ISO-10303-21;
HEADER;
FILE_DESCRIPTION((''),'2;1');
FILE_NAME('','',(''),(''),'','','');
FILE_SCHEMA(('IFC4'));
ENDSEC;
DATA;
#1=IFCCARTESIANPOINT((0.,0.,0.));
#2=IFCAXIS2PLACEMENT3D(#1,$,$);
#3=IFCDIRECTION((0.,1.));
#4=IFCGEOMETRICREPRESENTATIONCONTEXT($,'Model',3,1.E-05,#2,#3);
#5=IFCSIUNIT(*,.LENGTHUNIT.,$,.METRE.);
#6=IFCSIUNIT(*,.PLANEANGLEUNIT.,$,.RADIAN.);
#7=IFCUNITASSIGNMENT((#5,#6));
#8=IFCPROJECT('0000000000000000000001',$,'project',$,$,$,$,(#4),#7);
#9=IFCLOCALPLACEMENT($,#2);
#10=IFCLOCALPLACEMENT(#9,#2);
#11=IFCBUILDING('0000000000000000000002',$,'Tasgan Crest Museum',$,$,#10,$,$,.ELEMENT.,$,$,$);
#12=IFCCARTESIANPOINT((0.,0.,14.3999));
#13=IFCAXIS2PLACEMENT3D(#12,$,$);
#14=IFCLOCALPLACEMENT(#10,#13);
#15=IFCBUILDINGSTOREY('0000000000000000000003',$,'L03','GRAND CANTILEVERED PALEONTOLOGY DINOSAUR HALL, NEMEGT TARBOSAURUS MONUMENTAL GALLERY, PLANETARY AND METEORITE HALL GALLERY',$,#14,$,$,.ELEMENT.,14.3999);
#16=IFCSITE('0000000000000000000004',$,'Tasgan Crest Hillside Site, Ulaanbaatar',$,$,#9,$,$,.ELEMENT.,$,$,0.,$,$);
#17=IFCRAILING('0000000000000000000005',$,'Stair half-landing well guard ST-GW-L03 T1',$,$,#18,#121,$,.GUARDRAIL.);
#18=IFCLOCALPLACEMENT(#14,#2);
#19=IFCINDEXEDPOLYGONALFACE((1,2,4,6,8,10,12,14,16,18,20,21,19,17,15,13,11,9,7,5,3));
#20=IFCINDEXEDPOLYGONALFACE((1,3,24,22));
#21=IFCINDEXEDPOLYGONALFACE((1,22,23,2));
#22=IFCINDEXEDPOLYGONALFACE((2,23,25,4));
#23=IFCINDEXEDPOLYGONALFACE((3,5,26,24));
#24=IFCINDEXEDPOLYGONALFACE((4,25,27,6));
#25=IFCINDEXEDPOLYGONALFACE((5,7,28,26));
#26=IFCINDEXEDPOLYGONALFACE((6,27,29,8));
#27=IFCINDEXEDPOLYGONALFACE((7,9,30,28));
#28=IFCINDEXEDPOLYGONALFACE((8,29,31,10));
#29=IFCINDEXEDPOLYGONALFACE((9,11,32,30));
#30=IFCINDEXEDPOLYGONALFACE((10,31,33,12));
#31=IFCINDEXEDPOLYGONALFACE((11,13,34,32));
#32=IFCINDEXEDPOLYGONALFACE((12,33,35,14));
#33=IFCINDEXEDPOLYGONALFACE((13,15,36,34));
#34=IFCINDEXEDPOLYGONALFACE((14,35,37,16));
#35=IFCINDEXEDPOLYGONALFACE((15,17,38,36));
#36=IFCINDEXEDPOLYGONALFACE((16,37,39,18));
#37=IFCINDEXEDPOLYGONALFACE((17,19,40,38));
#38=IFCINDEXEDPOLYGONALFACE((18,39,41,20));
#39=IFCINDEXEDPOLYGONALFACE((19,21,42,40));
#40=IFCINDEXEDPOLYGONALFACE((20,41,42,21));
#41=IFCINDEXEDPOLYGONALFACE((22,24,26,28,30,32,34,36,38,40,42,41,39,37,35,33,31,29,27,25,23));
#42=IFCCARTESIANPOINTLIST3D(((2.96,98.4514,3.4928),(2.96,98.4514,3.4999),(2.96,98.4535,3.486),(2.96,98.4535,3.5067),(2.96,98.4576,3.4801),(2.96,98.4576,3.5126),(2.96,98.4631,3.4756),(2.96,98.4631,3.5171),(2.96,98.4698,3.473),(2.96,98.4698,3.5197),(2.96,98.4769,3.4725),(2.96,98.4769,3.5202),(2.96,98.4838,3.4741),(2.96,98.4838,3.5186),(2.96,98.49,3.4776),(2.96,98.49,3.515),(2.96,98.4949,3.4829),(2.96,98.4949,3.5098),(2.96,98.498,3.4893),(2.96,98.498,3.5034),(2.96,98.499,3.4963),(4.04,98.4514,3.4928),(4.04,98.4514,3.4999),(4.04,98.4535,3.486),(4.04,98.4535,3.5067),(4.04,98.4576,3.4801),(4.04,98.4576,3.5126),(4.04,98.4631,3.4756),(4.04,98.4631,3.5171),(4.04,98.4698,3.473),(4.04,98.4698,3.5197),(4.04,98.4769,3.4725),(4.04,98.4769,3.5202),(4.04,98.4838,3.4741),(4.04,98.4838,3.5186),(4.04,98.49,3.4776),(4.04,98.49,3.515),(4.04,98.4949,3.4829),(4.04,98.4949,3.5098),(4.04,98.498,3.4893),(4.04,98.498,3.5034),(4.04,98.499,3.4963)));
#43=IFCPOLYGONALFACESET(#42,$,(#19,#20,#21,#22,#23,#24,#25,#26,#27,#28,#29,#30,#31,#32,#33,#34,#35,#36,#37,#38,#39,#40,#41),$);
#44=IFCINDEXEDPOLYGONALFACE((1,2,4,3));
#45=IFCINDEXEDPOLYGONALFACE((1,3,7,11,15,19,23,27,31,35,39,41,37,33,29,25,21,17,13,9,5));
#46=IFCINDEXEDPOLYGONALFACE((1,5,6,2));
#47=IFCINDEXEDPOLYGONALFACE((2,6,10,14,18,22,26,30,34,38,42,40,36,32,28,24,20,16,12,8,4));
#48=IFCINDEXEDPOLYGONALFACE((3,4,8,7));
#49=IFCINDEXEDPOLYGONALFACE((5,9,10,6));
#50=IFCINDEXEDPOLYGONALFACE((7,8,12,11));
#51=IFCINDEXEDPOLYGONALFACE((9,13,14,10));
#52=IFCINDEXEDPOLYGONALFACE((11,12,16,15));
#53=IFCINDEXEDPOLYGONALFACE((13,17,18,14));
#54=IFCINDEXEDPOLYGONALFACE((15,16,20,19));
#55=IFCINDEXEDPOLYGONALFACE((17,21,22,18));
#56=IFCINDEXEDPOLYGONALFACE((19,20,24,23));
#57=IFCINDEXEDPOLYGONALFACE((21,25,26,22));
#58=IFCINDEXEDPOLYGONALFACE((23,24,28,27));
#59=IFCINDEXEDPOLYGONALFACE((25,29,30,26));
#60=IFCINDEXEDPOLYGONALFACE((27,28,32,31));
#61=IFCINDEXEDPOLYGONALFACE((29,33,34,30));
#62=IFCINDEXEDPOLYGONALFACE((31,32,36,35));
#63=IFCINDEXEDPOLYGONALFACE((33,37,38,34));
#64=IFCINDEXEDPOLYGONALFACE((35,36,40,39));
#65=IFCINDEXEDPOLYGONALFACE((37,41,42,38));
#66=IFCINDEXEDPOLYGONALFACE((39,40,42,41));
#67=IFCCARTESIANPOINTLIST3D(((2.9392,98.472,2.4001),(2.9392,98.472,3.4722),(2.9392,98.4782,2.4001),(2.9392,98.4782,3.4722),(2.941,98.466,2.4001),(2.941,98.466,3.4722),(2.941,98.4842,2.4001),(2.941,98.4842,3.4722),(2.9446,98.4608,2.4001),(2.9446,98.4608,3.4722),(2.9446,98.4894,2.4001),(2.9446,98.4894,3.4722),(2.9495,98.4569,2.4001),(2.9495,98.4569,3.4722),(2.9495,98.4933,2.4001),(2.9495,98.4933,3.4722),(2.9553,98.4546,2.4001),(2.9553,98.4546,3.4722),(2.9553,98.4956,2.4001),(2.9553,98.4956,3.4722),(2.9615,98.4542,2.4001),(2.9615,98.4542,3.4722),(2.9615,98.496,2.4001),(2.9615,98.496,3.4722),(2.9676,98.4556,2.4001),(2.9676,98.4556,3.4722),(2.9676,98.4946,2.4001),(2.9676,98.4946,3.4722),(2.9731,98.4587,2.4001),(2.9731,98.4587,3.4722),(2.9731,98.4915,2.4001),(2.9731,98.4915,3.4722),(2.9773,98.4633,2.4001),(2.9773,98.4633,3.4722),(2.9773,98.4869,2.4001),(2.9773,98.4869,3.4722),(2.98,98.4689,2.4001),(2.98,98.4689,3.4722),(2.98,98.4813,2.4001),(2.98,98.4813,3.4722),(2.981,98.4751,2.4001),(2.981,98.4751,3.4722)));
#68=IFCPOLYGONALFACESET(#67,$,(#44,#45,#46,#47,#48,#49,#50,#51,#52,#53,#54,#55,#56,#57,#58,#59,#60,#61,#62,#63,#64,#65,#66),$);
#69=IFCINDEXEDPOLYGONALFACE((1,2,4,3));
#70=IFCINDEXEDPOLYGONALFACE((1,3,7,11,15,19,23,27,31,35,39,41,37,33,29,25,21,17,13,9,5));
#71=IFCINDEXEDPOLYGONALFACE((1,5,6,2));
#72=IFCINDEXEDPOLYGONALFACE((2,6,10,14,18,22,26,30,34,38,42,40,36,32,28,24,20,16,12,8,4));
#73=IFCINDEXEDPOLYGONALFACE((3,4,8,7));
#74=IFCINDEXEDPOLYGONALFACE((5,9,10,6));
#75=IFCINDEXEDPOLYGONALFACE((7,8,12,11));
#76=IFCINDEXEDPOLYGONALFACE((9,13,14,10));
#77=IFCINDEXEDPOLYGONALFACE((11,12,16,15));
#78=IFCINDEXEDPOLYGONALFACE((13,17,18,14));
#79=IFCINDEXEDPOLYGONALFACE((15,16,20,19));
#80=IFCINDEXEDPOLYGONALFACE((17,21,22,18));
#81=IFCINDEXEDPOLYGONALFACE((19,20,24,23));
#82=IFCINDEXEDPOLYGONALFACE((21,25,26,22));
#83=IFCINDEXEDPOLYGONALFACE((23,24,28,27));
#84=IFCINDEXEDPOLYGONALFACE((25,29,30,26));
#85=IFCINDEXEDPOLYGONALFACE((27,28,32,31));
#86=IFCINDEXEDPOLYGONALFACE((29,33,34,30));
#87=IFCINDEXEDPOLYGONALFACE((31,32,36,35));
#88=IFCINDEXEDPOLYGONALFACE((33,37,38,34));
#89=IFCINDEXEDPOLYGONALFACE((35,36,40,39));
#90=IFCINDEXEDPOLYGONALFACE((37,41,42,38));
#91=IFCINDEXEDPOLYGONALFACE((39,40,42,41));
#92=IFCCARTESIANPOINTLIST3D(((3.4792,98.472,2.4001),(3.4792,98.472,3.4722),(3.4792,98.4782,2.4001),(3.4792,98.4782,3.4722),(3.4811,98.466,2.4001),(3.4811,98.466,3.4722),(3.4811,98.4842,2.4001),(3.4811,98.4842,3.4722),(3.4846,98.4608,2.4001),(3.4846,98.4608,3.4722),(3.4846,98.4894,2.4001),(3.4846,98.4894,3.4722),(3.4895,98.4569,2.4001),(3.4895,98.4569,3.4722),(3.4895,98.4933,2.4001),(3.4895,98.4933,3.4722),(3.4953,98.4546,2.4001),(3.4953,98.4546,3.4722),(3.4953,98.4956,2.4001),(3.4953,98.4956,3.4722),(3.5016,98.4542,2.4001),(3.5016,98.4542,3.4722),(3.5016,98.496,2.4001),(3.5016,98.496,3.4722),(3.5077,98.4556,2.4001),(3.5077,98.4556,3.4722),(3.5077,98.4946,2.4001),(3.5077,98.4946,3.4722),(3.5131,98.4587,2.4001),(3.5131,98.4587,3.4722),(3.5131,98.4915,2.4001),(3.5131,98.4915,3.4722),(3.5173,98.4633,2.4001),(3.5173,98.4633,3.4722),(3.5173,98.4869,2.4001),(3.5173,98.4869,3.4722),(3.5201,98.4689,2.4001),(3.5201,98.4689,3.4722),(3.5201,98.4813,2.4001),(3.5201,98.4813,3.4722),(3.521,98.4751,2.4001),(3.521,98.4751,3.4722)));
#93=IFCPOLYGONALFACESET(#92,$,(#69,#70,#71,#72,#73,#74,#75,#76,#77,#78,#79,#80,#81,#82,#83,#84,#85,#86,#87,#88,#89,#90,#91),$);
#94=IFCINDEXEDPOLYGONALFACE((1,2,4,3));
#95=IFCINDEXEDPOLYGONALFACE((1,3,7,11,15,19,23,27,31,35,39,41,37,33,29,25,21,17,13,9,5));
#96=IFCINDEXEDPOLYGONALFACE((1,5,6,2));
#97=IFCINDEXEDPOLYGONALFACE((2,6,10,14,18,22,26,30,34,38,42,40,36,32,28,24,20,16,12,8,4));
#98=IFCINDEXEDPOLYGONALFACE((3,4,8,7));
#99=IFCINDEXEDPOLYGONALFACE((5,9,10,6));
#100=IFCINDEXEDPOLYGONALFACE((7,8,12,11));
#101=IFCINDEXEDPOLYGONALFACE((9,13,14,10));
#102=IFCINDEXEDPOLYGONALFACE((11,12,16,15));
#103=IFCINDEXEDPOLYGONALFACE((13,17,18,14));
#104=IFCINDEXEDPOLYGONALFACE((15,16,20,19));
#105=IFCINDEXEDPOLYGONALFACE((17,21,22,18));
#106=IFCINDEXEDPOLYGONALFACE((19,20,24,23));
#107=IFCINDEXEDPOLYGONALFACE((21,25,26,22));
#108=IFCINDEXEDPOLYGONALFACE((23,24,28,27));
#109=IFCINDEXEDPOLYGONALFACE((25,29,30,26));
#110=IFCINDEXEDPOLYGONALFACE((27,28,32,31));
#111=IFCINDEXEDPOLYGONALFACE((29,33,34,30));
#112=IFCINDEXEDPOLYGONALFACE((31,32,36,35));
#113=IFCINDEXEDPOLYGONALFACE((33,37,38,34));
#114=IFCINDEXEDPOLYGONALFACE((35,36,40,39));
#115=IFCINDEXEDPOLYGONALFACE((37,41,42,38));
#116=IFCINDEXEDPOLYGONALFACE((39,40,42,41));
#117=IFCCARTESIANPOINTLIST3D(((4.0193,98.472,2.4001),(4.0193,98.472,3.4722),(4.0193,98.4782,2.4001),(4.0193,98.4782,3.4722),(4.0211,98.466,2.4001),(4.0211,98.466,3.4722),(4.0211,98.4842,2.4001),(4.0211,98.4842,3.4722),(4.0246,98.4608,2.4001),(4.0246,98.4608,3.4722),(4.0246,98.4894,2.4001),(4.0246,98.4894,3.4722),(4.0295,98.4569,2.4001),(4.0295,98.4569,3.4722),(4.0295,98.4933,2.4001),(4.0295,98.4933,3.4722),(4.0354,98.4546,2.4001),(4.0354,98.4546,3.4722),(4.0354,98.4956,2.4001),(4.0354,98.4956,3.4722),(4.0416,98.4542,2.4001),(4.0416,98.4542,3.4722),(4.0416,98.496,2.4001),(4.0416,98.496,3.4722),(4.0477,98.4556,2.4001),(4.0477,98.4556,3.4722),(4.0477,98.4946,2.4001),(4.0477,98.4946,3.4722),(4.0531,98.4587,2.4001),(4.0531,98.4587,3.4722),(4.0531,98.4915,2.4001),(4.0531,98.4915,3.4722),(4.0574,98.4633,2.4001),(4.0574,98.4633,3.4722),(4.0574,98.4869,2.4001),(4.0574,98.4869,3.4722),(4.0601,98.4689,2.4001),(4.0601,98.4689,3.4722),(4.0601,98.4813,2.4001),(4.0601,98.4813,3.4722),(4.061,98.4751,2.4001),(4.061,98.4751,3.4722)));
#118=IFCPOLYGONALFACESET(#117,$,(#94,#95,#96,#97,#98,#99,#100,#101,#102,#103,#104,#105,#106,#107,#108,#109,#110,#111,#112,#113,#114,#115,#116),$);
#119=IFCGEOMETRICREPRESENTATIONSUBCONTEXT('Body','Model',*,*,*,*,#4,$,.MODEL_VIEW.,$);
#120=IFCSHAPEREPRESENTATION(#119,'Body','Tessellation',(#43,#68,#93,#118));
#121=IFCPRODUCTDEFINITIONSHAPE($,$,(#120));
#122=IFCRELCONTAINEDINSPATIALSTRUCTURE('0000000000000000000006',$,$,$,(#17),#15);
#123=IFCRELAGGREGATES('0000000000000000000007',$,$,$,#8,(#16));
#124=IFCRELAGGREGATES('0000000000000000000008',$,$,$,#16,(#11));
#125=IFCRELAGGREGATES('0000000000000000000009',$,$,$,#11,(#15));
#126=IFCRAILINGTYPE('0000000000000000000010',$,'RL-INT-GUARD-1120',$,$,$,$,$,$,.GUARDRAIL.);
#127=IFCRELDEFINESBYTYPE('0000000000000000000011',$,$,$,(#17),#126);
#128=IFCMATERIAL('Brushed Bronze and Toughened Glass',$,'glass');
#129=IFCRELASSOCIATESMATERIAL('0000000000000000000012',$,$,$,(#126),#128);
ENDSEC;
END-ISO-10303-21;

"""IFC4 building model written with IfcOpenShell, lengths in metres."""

from ifc_helpers import new_model, si_unit, direction, frame, origin, origin_2d, place, context, subcontext, project, spatial, circle, extrude, material, type_object, element, save


model = new_model("IFC4")

# Units and contexts
model_context = context("Model", 3, precision=1e-05, world=origin(), true_north=direction((0.0, 1.0)))
body_context = subcontext(model_context, "Body", "Model", "MODEL_VIEW")
ifc_project = project(units=[si_unit("LENGTHUNIT", "METRE"), si_unit("PLANEANGLEUNIT", "RADIAN")], contexts=[model_context])

# Site, building, storey
site_placement = place(None, origin())
site = spatial("IfcSite", under=ifc_project, at=site_placement, Name="Tasgan Crest Hillside Site, Ulaanbaatar", CompositionType="ELEMENT", RefElevation=0.0)
building_placement = place(site_placement, origin())
building = spatial("IfcBuilding", under=site, at=building_placement, Name="Tasgan Crest Museum", CompositionType="ELEMENT")
storey_placement = place(building_placement, frame((0.0, 0.0, 14.3999)))
storey = spatial("IfcBuildingStorey", under=building, at=storey_placement, Name="L03", Description="GRAND CANTILEVERED PALEONTOLOGY DINOSAUR HALL, NEMEGT TARBOSAURUS MONUMENTAL GALLERY, PLANETARY AND METEORITE HALL GALLERY", CompositionType="ELEMENT", Elevation=14.3999)

# Railing
ifc_material_1 = material(Name="Brushed Bronze and Toughened Glass", Category="glass")
railing_type_1 = type_object("IfcRailingType", Name="RL-INT-GUARD-1120", PredefinedType="GUARDRAIL", material=ifc_material_1)
railing_1_placement = place(storey_placement, frame((2.96, 98.4751, 2.4001)))
element("IfcRailing", 1, at=railing_1_placement, inside=storey, type_object=railing_type_1, Name="Stair half-landing well guard ST-GW-L03 T1", PredefinedType="GUARDRAIL", context=body_context, shape_type="SweptSolid", body=[
    extrude(circle(Radius=0.0239, at=origin_2d()), frame((0.0, 0.0, 1.0962), z_axis=(1.0, 0.0, 0.0), x_axis=(0.0, 1.0, 0.0)), (0.0, 0.0, 1.0), 1.0801),
    extrude(circle(Radius=0.021, at=origin_2d()), origin(), (0.0, 0.0, 1.0), 1.072),
    extrude(circle(Radius=0.021, at=origin_2d()), frame((0.54, 0.0, 0.0)), (0.0, 0.0, 1.0), 1.072),
    extrude(circle(Radius=0.021, at=origin_2d()), frame((1.0801, 0.0, 0.0)), (0.0, 0.0, 1.0), 1.072),
])

save(model, "model.ifc")
